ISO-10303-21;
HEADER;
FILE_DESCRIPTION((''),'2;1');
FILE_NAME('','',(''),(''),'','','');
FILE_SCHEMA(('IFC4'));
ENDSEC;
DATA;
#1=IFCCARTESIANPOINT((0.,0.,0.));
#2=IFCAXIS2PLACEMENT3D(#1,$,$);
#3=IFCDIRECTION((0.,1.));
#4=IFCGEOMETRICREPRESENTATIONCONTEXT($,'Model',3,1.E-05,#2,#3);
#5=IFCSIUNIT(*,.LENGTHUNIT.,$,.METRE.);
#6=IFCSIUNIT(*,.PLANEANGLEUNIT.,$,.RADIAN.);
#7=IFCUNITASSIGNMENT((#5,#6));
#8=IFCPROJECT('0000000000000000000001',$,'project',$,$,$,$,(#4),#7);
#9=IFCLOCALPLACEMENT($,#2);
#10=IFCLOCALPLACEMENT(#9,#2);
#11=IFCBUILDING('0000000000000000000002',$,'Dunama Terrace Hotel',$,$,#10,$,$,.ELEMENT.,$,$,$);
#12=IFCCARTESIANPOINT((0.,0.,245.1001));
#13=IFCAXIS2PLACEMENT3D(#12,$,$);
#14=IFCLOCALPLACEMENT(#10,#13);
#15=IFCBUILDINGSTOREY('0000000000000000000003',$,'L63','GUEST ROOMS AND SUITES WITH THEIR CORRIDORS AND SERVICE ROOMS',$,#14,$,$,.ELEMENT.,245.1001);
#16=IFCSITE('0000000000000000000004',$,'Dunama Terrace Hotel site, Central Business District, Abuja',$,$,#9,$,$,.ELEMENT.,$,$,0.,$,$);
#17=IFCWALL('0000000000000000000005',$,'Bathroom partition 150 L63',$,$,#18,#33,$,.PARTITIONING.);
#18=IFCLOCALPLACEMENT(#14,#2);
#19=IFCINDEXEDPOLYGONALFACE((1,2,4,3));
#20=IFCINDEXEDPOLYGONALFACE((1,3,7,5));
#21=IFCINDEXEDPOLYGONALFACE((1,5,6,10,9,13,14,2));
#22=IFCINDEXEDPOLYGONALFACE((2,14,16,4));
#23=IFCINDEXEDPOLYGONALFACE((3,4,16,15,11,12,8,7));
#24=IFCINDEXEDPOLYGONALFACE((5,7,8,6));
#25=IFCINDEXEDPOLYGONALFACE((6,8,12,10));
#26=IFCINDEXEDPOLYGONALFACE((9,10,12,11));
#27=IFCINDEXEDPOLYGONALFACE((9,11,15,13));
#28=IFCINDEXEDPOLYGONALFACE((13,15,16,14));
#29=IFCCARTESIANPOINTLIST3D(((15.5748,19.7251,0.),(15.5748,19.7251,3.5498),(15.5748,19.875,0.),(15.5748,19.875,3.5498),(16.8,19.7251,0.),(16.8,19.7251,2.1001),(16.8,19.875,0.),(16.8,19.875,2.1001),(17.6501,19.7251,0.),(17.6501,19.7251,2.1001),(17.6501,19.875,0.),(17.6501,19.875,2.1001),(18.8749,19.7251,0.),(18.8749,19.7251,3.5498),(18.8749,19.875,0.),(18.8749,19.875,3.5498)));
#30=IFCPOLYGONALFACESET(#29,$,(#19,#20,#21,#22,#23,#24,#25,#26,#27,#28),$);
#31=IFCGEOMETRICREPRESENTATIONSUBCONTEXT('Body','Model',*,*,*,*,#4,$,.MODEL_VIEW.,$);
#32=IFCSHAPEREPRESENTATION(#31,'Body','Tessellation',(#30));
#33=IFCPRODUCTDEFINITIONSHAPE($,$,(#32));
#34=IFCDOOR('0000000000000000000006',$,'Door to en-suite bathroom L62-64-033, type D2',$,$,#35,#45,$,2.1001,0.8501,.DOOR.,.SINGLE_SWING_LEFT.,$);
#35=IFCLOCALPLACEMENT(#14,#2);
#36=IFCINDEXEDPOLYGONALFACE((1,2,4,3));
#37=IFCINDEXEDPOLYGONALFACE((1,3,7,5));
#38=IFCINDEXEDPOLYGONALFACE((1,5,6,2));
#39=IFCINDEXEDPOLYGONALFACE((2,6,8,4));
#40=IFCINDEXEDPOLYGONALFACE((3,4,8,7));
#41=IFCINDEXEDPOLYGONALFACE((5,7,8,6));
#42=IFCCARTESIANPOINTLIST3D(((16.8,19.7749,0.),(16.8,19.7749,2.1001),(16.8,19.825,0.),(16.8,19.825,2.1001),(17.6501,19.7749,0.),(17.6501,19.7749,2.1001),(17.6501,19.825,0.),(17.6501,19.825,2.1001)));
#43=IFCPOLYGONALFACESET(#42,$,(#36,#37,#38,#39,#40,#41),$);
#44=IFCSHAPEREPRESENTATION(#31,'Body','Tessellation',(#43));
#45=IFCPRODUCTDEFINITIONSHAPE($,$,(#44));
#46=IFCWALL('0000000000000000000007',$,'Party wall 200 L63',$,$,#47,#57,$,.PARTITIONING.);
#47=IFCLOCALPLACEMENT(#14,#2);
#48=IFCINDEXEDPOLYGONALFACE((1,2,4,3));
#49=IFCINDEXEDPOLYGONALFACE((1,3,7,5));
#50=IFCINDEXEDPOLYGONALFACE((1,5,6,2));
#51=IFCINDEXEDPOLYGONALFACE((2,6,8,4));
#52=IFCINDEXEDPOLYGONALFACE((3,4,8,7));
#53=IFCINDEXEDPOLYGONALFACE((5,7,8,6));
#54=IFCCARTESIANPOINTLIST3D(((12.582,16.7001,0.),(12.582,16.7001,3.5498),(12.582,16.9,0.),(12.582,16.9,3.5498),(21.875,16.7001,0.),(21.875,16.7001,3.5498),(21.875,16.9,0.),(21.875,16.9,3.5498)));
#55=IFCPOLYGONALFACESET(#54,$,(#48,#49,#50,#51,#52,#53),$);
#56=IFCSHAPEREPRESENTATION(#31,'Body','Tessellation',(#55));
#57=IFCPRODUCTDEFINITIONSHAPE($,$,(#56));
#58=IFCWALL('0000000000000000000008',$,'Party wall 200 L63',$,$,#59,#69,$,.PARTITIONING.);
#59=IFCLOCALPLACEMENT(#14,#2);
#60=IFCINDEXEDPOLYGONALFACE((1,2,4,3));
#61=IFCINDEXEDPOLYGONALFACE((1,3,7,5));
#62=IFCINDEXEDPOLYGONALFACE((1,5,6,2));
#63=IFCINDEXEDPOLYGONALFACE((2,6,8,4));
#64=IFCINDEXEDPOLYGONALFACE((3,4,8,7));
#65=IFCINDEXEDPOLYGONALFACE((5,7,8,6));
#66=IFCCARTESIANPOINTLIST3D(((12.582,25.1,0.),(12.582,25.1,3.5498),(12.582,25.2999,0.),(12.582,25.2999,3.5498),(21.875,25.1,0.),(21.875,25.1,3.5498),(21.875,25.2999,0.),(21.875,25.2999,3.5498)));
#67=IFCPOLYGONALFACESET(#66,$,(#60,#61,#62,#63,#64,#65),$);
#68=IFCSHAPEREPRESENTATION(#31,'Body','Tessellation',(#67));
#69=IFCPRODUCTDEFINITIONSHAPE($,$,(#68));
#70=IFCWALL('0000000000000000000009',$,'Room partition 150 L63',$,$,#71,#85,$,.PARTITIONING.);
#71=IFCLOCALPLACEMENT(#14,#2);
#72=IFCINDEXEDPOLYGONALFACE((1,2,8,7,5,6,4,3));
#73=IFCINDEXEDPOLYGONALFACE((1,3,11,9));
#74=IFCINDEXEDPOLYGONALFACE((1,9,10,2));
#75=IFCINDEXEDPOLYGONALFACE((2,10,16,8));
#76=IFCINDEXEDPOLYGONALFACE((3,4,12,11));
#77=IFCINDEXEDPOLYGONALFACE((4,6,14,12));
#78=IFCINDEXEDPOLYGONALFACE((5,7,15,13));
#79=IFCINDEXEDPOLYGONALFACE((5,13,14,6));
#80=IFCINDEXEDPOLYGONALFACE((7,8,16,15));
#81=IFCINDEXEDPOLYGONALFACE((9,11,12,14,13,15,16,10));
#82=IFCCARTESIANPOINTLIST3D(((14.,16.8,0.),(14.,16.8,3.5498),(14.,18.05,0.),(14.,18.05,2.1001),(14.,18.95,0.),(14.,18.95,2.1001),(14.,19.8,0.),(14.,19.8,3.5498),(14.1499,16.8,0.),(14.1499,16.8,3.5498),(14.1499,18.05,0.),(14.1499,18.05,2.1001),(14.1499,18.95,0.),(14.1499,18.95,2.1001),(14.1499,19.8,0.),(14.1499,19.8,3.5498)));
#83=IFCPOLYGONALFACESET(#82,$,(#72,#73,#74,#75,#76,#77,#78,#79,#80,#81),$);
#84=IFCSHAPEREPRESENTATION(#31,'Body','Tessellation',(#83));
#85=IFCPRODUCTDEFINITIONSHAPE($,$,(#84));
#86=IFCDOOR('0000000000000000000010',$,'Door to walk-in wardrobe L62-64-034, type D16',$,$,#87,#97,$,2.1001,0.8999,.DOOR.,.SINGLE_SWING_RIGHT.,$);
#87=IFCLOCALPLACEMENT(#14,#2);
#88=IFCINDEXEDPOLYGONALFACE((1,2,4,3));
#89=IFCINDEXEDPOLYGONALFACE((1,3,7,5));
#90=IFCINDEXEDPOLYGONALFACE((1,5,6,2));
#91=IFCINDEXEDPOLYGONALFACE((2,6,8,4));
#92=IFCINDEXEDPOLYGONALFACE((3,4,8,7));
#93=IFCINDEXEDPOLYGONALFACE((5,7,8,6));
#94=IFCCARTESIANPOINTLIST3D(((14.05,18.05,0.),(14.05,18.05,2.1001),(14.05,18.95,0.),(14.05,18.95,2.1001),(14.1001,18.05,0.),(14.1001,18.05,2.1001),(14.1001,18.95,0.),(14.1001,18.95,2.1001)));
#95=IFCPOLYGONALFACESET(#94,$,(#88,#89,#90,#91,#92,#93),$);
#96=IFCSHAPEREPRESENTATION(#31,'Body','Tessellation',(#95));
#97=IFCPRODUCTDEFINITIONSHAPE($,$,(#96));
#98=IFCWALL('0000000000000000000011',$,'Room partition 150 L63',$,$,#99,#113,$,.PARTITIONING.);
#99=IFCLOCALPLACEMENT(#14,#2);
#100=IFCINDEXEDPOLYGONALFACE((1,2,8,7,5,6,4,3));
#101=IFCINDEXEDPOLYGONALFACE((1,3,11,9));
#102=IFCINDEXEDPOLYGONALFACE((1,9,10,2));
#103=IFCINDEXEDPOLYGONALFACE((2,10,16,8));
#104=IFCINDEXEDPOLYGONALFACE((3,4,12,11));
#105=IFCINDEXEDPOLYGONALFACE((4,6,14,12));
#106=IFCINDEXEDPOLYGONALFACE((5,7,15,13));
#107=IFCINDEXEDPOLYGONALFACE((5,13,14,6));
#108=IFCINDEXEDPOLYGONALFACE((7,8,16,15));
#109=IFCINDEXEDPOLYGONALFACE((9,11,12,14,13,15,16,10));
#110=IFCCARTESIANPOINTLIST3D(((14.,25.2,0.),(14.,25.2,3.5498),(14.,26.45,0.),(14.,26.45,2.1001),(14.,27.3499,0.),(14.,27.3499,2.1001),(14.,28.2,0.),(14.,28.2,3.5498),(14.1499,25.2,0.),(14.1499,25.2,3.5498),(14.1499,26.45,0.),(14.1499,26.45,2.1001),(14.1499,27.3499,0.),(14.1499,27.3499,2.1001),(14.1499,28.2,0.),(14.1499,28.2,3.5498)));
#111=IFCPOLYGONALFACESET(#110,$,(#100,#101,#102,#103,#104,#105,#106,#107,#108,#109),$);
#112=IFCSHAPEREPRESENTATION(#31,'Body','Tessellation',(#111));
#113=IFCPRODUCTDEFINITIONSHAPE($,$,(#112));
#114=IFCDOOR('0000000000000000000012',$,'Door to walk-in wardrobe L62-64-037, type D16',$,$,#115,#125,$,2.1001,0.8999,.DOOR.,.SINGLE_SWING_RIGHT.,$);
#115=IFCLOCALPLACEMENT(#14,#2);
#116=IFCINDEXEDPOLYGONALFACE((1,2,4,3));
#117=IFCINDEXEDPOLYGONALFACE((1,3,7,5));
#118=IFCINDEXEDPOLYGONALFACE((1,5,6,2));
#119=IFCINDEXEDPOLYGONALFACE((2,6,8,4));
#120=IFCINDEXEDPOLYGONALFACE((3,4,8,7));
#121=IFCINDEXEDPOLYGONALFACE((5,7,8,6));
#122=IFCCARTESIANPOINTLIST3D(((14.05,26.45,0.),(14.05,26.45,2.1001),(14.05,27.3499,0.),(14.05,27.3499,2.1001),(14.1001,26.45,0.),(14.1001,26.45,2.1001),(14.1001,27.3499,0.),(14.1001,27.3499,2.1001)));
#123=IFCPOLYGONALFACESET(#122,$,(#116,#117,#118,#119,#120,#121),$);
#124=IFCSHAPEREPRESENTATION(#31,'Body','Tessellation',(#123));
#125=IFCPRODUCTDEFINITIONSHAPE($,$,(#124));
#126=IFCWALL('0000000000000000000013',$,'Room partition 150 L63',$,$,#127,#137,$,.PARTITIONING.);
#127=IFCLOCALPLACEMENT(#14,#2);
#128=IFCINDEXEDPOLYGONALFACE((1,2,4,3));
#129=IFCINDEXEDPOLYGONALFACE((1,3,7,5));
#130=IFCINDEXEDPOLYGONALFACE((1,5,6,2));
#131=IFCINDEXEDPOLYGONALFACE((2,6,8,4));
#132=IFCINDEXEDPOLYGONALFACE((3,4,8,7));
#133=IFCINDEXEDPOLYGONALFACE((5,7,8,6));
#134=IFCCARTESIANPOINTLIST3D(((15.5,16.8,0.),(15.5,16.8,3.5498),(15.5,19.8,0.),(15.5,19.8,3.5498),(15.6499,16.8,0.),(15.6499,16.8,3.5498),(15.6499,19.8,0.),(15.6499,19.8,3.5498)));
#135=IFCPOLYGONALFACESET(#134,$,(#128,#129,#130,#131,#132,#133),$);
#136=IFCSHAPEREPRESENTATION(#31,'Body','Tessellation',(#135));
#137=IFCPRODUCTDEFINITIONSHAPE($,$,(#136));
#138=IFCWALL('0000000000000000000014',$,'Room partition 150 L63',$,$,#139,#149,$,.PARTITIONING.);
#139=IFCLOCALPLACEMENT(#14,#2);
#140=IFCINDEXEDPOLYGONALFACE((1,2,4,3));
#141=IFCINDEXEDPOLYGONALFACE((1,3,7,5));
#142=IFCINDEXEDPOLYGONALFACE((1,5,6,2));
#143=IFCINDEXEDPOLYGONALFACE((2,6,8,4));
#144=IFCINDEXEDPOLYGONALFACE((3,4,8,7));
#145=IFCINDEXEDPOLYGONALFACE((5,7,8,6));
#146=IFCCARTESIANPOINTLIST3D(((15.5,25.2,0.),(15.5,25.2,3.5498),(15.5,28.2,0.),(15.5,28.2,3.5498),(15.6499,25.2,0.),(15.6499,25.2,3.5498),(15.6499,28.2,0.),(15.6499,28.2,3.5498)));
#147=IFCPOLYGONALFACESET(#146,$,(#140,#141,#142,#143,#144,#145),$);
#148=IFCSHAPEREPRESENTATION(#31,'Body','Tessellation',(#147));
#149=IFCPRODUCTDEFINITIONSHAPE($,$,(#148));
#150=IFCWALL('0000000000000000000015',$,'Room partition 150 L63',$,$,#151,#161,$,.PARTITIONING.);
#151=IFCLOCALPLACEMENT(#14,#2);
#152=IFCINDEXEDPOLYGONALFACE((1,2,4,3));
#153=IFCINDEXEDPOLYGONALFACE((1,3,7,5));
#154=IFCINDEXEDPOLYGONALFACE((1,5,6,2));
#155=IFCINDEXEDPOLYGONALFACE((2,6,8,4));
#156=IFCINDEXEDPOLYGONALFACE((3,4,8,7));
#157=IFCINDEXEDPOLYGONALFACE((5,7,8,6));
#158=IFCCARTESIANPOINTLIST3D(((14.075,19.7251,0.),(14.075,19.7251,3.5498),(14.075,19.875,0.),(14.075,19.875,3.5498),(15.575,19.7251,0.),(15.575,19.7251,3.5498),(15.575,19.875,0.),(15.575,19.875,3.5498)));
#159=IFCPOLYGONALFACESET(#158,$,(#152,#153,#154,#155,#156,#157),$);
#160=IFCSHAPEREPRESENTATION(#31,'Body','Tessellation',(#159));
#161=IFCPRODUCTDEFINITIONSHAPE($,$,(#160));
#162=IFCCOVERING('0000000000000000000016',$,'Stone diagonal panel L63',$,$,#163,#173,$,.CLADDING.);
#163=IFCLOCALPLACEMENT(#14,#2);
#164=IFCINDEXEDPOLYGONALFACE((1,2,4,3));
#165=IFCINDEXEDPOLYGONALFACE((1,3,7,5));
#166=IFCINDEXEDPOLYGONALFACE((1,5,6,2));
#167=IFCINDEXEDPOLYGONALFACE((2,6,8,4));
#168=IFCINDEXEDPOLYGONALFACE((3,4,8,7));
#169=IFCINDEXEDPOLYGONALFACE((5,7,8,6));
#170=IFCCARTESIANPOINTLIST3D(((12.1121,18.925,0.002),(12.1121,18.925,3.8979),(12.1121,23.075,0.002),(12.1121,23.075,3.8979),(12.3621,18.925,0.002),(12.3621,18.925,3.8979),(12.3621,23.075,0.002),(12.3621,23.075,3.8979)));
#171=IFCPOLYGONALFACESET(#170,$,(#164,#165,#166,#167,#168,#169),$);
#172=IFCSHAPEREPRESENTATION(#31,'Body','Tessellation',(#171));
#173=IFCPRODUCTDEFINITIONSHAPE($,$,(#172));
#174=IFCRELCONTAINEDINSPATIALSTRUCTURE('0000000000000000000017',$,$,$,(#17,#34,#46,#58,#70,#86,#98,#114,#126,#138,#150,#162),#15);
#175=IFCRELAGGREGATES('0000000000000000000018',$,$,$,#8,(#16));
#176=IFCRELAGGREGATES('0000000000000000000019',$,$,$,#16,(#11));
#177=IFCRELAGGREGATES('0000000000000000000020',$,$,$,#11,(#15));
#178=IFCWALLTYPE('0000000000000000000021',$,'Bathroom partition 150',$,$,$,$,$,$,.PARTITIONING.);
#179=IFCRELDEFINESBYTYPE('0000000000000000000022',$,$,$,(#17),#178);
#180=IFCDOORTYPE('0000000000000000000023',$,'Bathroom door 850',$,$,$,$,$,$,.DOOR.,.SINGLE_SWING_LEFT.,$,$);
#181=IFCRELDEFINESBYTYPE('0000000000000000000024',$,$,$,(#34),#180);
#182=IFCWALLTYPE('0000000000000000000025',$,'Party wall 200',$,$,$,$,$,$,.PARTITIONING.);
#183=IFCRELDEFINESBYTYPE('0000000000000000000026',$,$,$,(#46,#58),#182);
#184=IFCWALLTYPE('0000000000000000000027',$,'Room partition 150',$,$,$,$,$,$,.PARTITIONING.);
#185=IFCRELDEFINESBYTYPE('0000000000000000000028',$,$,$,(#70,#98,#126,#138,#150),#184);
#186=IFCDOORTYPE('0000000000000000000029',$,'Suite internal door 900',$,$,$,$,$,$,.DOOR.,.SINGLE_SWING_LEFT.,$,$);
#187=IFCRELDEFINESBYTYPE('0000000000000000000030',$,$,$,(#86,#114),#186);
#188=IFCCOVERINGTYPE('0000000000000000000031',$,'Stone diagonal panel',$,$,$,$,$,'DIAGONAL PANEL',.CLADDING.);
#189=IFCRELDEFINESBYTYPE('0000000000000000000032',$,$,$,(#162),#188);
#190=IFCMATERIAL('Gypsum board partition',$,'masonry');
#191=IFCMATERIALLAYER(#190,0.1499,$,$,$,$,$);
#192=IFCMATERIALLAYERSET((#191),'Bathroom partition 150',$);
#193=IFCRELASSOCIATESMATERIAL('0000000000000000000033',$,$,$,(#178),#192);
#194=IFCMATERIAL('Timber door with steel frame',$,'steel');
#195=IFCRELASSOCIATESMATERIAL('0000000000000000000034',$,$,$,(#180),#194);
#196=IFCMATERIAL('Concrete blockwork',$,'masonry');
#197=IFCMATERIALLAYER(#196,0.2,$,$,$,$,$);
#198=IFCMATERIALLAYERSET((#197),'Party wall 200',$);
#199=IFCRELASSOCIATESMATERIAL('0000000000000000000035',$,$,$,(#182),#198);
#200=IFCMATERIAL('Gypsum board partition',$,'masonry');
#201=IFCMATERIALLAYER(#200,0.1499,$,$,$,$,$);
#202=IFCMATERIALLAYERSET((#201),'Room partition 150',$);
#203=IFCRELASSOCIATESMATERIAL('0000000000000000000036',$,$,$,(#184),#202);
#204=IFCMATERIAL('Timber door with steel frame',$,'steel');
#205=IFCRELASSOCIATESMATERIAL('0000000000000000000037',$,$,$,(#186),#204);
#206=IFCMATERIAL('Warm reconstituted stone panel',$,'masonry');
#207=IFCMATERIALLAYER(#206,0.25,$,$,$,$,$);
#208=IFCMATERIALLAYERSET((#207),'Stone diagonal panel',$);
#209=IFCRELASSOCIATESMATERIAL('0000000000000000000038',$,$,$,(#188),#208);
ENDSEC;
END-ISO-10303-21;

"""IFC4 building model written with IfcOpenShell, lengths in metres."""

from ifc_helpers import new_model, si_unit, direction, frame, frame_2d, origin, origin_2d, place, context, subcontext, project, spatial, rectangle, extrude, material, layer, layer_set, type_object, element, fill, save


model = new_model("IFC4")

# Units and contexts
model_context = context("Model", 3, precision=1e-05, world=origin(), true_north=direction((0.0, 1.0)))
body_context = subcontext(model_context, "Body", "Model", "MODEL_VIEW")
ifc_project = project(units=[si_unit("LENGTHUNIT", "METRE"), si_unit("PLANEANGLEUNIT", "RADIAN")], contexts=[model_context])

# Site, building, storey
site_placement = place(None, origin())
site = spatial("IfcSite", under=ifc_project, at=site_placement, Name="Dunama Terrace Hotel site, Central Business District, Abuja", CompositionType="ELEMENT", RefElevation=0.0)
building_placement = place(site_placement, origin())
building = spatial("IfcBuilding", under=site, at=building_placement, Name="Dunama Terrace Hotel", CompositionType="ELEMENT")
storey_placement = place(building_placement, frame((0.0, 0.0, 245.1001)))
storey = spatial("IfcBuildingStorey", under=building, at=storey_placement, Name="L63", Description="GUEST ROOMS AND SUITES WITH THEIR CORRIDORS AND SERVICE ROOMS", CompositionType="ELEMENT", Elevation=245.1001)

# Wall, opening, door
ifc_material_1 = material(Name="Gypsum board partition", Category="masonry")
ifc_layer_1 = layer(ifc_material_1, 0.1499)
ifc_layer_set_1 = layer_set([ifc_layer_1], Name="Bathroom partition 150")
wall_type_1 = type_object("IfcWallType", Name="Bathroom partition 150", PredefinedType="PARTITIONING", material=ifc_layer_set_1)
wall_1_placement = place(storey_placement, frame((15.575, 19.8, 0.0), z_axis=(0.0, 0.0, 1.0), x_axis=(1.0, 0.0, 0.0)))
wall_1 = element("IfcWall", 1, at=wall_1_placement, inside=storey, type_object=wall_type_1, Name="Bathroom partition 150 L63", PredefinedType="PARTITIONING", context=body_context, shape_type="SweptSolid", body=[
    extrude(rectangle(XDim=3.3, YDim=0.1499, at=frame_2d((1.6499, 0.0))), origin(), (0.0, 0.0, 1.0), 3.5498),
])
opening_1_placement = place(wall_1_placement, frame((1.2251, 0.0, 0.0)))
opening_1 = element("IfcOpeningElement", 2, at=opening_1_placement, cuts=wall_1, PredefinedType="OPENING", context=body_context, shape_type="SweptSolid", body=[
    extrude(rectangle(XDim=0.8501, YDim=2.1001, at=frame_2d((0.425, 1.05))), frame((0.0, 0.085, 0.0), z_axis=(0.0, -1.0, 0.0), x_axis=(1.0, 0.0, 0.0)), (0.0, 0.0, 1.0), 0.1699),
])
ifc_material_2 = material(Name="Timber door with steel frame", Category="steel")
door_type_1 = type_object("IfcDoorType", Name="Bathroom door 850", OperationType="SINGLE_SWING_LEFT", PredefinedType="DOOR", material=ifc_material_2)
door_1_placement = place(opening_1_placement, frame((0.8501, 0.0, 0.0), z_axis=(0.0, 0.0, 1.0), x_axis=(-1.0, 0.0, 0.0)))
door_1 = element("IfcDoor", 3, at=door_1_placement, inside=storey, type_object=door_type_1, Name="Door to en-suite bathroom L62-64-033, type D2", OperationType="SINGLE_SWING_LEFT", OverallHeight=2.1001, OverallWidth=0.8501, PredefinedType="DOOR", context=body_context, shape_type="SweptSolid", body=[
    extrude(rectangle(XDim=0.8501, YDim=2.1001, at=frame_2d((0.425, 1.05))), frame((0.0, 0.0251, 0.0), z_axis=(0.0, -1.0, 0.0), x_axis=(1.0, 0.0, 0.0)), (0.0, 0.0, 1.0), 0.05),
])
fill(opening_1, door_1)

# Walls
ifc_material_3 = material(Name="Concrete blockwork", Category="masonry")
ifc_layer_2 = layer(ifc_material_3, 0.2)
ifc_layer_set_2 = layer_set([ifc_layer_2], Name="Party wall 200")
wall_type_2 = type_object("IfcWallType", Name="Party wall 200", PredefinedType="PARTITIONING", material=ifc_layer_set_2)
for number, where, z_axis, x_axis, name in (
    (4, (12.582, 16.8, 0.0), (0.0, 0.0, 1.0), (1.0, 0.0, 0.0), "Party wall 200 L63"),
    (5, (12.582, 25.2, 0.0), (0.0, 0.0, 1.0), (1.0, 0.0, 0.0), "Party wall 200 L63"),
):
    element("IfcWall", number, at=place(storey_placement, frame(where, z_axis=z_axis, x_axis=x_axis)), inside=storey, type_object=wall_type_2, Name=name, PredefinedType="PARTITIONING", context=body_context, shape_type="SweptSolid", body=[
        extrude(rectangle(XDim=9.293, YDim=0.2, at=frame_2d((4.6465, 0.0))), origin(), (0.0, 0.0, 1.0), 3.5498),
    ])

# Walls, openings, doors
ifc_material_4 = material(Name="Gypsum board partition", Category="masonry")
ifc_layer_3 = layer(ifc_material_4, 0.1499)
ifc_layer_set_3 = layer_set([ifc_layer_3], Name="Room partition 150")
wall_type_3 = type_object("IfcWallType", Name="Room partition 150", PredefinedType="PARTITIONING", material=ifc_layer_set_3)
wall_2_placement = place(storey_placement, frame((14.075, 16.8, 0.0), z_axis=(0.0, 0.0, 1.0), x_axis=(0.0, 1.0, 0.0)))
wall_2 = element("IfcWall", 6, at=wall_2_placement, inside=storey, type_object=wall_type_3, Name="Room partition 150 L63", PredefinedType="PARTITIONING", context=body_context, shape_type="SweptSolid", body=[
    extrude(rectangle(XDim=3.0, YDim=0.1499, at=frame_2d((1.5, 0.0))), origin(), (0.0, 0.0, 1.0), 3.5498),
])
opening_2_placement = place(wall_2_placement, frame((1.25, 0.0, 0.0)))
opening_2 = element("IfcOpeningElement", 7, at=opening_2_placement, cuts=wall_2, PredefinedType="OPENING", context=body_context, shape_type="SweptSolid", body=[
    extrude(rectangle(XDim=0.8999, YDim=2.1001, at=frame_2d((0.45, 1.05))), frame((0.0, 0.085, 0.0), z_axis=(0.0, -1.0, 0.0), x_axis=(1.0, 0.0, 0.0)), (0.0, 0.0, 1.0), 0.1699),
])
ifc_material_5 = material(Name="Timber door with steel frame", Category="steel")
door_type_2 = type_object("IfcDoorType", Name="Suite internal door 900", OperationType="SINGLE_SWING_LEFT", PredefinedType="DOOR", material=ifc_material_5)
door_2_placement = place(opening_2_placement, frame((0.8999, 0.0, 0.0), z_axis=(0.0, 0.0, 1.0), x_axis=(-1.0, 0.0, 0.0)))
door_2 = element("IfcDoor", 8, at=door_2_placement, inside=storey, type_object=door_type_2, Name="Door to walk-in wardrobe L62-64-034, type D16", OperationType="SINGLE_SWING_RIGHT", OverallHeight=2.1001, OverallWidth=0.8999, PredefinedType="DOOR", context=body_context, shape_type="SweptSolid", body=[
    extrude(rectangle(XDim=0.8999, YDim=2.1001, at=frame_2d((0.45, 1.05))), frame((0.0, 0.0251, 0.0), z_axis=(0.0, -1.0, 0.0), x_axis=(1.0, 0.0, 0.0)), (0.0, 0.0, 1.0), 0.05),
])
fill(opening_2, door_2)
wall_3_placement = place(storey_placement, frame((14.075, 25.2, 0.0), z_axis=(0.0, 0.0, 1.0), x_axis=(0.0, 1.0, 0.0)))
wall_3 = element("IfcWall", 9, at=wall_3_placement, inside=storey, type_object=wall_type_3, Name="Room partition 150 L63", PredefinedType="PARTITIONING", context=body_context, shape_type="SweptSolid", body=[
    extrude(rectangle(XDim=3.0, YDim=0.1499, at=frame_2d((1.5, 0.0))), origin(), (0.0, 0.0, 1.0), 3.5498),
])
opening_3_placement = place(wall_3_placement, frame((1.25, 0.0, 0.0)))
opening_3 = element("IfcOpeningElement", 10, at=opening_3_placement, cuts=wall_3, PredefinedType="OPENING", context=body_context, shape_type="SweptSolid", body=[
    extrude(rectangle(XDim=0.8999, YDim=2.1001, at=frame_2d((0.45, 1.05))), frame((0.0, 0.085, 0.0), z_axis=(0.0, -1.0, 0.0), x_axis=(1.0, 0.0, 0.0)), (0.0, 0.0, 1.0), 0.1699),
])
door_3_placement = place(opening_3_placement, frame((0.8999, 0.0, 0.0), z_axis=(0.0, 0.0, 1.0), x_axis=(-1.0, 0.0, 0.0)))
door_3 = element("IfcDoor", 11, at=door_3_placement, inside=storey, type_object=door_type_2, Name="Door to walk-in wardrobe L62-64-037, type D16", OperationType="SINGLE_SWING_RIGHT", OverallHeight=2.1001, OverallWidth=0.8999, PredefinedType="DOOR", context=body_context, shape_type="SweptSolid", body=[
    extrude(rectangle(XDim=0.8999, YDim=2.1001, at=frame_2d((0.45, 1.05))), frame((0.0, 0.0251, 0.0), z_axis=(0.0, -1.0, 0.0), x_axis=(1.0, 0.0, 0.0)), (0.0, 0.0, 1.0), 0.05),
])
fill(opening_3, door_3)

# Walls
for number, where, z_axis, x_axis, name in (
    (12, (15.575, 16.8, 0.0), (0.0, 0.0, 1.0), (0.0, 1.0, 0.0), "Room partition 150 L63"),
    (13, (15.575, 25.2, 0.0), (0.0, 0.0, 1.0), (0.0, 1.0, 0.0), "Room partition 150 L63"),
):
    element("IfcWall", number, at=place(storey_placement, frame(where, z_axis=z_axis, x_axis=x_axis)), inside=storey, type_object=wall_type_3, Name=name, PredefinedType="PARTITIONING", context=body_context, shape_type="SweptSolid", body=[
        extrude(rectangle(XDim=3.0, YDim=0.1499, at=frame_2d((1.5, 0.0))), origin(), (0.0, 0.0, 1.0), 3.5498),
    ])
wall_4_placement = place(storey_placement, frame((14.075, 19.8, 0.0), z_axis=(0.0, 0.0, 1.0), x_axis=(1.0, 0.0, 0.0)))
element("IfcWall", 14, at=wall_4_placement, inside=storey, type_object=wall_type_3, Name="Room partition 150 L63", PredefinedType="PARTITIONING", context=body_context, shape_type="SweptSolid", body=[
    extrude(rectangle(XDim=1.5, YDim=0.1499, at=frame_2d((0.75, 0.0))), origin(), (0.0, 0.0, 1.0), 3.5498),
])

# Covering
ifc_material_6 = material(Name="Warm reconstituted stone panel", Category="masonry")
ifc_layer_4 = layer(ifc_material_6, 0.25)
ifc_layer_set_4 = layer_set([ifc_layer_4], Name="Stone diagonal panel")
covering_type = type_object("IfcCoveringType", Name="Stone diagonal panel", ElementType="DIAGONAL PANEL", PredefinedType="CLADDING", material=ifc_layer_set_4)
covering_placement = place(storey_placement, frame((12.2371, 21.0, 0.002), z_axis=(0.0, 0.0, 1.0), x_axis=(0.0, -1.0, 0.0)))
element("IfcCovering", 15, at=covering_placement, inside=storey, type_object=covering_type, Name="Stone diagonal panel L63", PredefinedType="CLADDING", context=body_context, shape_type="SweptSolid", body=[
    extrude(rectangle(XDim=4.1499, YDim=0.25, at=origin_2d()), origin(), (0.0, 0.0, 1.0), 3.896),
])

save(model, "model.ifc")
